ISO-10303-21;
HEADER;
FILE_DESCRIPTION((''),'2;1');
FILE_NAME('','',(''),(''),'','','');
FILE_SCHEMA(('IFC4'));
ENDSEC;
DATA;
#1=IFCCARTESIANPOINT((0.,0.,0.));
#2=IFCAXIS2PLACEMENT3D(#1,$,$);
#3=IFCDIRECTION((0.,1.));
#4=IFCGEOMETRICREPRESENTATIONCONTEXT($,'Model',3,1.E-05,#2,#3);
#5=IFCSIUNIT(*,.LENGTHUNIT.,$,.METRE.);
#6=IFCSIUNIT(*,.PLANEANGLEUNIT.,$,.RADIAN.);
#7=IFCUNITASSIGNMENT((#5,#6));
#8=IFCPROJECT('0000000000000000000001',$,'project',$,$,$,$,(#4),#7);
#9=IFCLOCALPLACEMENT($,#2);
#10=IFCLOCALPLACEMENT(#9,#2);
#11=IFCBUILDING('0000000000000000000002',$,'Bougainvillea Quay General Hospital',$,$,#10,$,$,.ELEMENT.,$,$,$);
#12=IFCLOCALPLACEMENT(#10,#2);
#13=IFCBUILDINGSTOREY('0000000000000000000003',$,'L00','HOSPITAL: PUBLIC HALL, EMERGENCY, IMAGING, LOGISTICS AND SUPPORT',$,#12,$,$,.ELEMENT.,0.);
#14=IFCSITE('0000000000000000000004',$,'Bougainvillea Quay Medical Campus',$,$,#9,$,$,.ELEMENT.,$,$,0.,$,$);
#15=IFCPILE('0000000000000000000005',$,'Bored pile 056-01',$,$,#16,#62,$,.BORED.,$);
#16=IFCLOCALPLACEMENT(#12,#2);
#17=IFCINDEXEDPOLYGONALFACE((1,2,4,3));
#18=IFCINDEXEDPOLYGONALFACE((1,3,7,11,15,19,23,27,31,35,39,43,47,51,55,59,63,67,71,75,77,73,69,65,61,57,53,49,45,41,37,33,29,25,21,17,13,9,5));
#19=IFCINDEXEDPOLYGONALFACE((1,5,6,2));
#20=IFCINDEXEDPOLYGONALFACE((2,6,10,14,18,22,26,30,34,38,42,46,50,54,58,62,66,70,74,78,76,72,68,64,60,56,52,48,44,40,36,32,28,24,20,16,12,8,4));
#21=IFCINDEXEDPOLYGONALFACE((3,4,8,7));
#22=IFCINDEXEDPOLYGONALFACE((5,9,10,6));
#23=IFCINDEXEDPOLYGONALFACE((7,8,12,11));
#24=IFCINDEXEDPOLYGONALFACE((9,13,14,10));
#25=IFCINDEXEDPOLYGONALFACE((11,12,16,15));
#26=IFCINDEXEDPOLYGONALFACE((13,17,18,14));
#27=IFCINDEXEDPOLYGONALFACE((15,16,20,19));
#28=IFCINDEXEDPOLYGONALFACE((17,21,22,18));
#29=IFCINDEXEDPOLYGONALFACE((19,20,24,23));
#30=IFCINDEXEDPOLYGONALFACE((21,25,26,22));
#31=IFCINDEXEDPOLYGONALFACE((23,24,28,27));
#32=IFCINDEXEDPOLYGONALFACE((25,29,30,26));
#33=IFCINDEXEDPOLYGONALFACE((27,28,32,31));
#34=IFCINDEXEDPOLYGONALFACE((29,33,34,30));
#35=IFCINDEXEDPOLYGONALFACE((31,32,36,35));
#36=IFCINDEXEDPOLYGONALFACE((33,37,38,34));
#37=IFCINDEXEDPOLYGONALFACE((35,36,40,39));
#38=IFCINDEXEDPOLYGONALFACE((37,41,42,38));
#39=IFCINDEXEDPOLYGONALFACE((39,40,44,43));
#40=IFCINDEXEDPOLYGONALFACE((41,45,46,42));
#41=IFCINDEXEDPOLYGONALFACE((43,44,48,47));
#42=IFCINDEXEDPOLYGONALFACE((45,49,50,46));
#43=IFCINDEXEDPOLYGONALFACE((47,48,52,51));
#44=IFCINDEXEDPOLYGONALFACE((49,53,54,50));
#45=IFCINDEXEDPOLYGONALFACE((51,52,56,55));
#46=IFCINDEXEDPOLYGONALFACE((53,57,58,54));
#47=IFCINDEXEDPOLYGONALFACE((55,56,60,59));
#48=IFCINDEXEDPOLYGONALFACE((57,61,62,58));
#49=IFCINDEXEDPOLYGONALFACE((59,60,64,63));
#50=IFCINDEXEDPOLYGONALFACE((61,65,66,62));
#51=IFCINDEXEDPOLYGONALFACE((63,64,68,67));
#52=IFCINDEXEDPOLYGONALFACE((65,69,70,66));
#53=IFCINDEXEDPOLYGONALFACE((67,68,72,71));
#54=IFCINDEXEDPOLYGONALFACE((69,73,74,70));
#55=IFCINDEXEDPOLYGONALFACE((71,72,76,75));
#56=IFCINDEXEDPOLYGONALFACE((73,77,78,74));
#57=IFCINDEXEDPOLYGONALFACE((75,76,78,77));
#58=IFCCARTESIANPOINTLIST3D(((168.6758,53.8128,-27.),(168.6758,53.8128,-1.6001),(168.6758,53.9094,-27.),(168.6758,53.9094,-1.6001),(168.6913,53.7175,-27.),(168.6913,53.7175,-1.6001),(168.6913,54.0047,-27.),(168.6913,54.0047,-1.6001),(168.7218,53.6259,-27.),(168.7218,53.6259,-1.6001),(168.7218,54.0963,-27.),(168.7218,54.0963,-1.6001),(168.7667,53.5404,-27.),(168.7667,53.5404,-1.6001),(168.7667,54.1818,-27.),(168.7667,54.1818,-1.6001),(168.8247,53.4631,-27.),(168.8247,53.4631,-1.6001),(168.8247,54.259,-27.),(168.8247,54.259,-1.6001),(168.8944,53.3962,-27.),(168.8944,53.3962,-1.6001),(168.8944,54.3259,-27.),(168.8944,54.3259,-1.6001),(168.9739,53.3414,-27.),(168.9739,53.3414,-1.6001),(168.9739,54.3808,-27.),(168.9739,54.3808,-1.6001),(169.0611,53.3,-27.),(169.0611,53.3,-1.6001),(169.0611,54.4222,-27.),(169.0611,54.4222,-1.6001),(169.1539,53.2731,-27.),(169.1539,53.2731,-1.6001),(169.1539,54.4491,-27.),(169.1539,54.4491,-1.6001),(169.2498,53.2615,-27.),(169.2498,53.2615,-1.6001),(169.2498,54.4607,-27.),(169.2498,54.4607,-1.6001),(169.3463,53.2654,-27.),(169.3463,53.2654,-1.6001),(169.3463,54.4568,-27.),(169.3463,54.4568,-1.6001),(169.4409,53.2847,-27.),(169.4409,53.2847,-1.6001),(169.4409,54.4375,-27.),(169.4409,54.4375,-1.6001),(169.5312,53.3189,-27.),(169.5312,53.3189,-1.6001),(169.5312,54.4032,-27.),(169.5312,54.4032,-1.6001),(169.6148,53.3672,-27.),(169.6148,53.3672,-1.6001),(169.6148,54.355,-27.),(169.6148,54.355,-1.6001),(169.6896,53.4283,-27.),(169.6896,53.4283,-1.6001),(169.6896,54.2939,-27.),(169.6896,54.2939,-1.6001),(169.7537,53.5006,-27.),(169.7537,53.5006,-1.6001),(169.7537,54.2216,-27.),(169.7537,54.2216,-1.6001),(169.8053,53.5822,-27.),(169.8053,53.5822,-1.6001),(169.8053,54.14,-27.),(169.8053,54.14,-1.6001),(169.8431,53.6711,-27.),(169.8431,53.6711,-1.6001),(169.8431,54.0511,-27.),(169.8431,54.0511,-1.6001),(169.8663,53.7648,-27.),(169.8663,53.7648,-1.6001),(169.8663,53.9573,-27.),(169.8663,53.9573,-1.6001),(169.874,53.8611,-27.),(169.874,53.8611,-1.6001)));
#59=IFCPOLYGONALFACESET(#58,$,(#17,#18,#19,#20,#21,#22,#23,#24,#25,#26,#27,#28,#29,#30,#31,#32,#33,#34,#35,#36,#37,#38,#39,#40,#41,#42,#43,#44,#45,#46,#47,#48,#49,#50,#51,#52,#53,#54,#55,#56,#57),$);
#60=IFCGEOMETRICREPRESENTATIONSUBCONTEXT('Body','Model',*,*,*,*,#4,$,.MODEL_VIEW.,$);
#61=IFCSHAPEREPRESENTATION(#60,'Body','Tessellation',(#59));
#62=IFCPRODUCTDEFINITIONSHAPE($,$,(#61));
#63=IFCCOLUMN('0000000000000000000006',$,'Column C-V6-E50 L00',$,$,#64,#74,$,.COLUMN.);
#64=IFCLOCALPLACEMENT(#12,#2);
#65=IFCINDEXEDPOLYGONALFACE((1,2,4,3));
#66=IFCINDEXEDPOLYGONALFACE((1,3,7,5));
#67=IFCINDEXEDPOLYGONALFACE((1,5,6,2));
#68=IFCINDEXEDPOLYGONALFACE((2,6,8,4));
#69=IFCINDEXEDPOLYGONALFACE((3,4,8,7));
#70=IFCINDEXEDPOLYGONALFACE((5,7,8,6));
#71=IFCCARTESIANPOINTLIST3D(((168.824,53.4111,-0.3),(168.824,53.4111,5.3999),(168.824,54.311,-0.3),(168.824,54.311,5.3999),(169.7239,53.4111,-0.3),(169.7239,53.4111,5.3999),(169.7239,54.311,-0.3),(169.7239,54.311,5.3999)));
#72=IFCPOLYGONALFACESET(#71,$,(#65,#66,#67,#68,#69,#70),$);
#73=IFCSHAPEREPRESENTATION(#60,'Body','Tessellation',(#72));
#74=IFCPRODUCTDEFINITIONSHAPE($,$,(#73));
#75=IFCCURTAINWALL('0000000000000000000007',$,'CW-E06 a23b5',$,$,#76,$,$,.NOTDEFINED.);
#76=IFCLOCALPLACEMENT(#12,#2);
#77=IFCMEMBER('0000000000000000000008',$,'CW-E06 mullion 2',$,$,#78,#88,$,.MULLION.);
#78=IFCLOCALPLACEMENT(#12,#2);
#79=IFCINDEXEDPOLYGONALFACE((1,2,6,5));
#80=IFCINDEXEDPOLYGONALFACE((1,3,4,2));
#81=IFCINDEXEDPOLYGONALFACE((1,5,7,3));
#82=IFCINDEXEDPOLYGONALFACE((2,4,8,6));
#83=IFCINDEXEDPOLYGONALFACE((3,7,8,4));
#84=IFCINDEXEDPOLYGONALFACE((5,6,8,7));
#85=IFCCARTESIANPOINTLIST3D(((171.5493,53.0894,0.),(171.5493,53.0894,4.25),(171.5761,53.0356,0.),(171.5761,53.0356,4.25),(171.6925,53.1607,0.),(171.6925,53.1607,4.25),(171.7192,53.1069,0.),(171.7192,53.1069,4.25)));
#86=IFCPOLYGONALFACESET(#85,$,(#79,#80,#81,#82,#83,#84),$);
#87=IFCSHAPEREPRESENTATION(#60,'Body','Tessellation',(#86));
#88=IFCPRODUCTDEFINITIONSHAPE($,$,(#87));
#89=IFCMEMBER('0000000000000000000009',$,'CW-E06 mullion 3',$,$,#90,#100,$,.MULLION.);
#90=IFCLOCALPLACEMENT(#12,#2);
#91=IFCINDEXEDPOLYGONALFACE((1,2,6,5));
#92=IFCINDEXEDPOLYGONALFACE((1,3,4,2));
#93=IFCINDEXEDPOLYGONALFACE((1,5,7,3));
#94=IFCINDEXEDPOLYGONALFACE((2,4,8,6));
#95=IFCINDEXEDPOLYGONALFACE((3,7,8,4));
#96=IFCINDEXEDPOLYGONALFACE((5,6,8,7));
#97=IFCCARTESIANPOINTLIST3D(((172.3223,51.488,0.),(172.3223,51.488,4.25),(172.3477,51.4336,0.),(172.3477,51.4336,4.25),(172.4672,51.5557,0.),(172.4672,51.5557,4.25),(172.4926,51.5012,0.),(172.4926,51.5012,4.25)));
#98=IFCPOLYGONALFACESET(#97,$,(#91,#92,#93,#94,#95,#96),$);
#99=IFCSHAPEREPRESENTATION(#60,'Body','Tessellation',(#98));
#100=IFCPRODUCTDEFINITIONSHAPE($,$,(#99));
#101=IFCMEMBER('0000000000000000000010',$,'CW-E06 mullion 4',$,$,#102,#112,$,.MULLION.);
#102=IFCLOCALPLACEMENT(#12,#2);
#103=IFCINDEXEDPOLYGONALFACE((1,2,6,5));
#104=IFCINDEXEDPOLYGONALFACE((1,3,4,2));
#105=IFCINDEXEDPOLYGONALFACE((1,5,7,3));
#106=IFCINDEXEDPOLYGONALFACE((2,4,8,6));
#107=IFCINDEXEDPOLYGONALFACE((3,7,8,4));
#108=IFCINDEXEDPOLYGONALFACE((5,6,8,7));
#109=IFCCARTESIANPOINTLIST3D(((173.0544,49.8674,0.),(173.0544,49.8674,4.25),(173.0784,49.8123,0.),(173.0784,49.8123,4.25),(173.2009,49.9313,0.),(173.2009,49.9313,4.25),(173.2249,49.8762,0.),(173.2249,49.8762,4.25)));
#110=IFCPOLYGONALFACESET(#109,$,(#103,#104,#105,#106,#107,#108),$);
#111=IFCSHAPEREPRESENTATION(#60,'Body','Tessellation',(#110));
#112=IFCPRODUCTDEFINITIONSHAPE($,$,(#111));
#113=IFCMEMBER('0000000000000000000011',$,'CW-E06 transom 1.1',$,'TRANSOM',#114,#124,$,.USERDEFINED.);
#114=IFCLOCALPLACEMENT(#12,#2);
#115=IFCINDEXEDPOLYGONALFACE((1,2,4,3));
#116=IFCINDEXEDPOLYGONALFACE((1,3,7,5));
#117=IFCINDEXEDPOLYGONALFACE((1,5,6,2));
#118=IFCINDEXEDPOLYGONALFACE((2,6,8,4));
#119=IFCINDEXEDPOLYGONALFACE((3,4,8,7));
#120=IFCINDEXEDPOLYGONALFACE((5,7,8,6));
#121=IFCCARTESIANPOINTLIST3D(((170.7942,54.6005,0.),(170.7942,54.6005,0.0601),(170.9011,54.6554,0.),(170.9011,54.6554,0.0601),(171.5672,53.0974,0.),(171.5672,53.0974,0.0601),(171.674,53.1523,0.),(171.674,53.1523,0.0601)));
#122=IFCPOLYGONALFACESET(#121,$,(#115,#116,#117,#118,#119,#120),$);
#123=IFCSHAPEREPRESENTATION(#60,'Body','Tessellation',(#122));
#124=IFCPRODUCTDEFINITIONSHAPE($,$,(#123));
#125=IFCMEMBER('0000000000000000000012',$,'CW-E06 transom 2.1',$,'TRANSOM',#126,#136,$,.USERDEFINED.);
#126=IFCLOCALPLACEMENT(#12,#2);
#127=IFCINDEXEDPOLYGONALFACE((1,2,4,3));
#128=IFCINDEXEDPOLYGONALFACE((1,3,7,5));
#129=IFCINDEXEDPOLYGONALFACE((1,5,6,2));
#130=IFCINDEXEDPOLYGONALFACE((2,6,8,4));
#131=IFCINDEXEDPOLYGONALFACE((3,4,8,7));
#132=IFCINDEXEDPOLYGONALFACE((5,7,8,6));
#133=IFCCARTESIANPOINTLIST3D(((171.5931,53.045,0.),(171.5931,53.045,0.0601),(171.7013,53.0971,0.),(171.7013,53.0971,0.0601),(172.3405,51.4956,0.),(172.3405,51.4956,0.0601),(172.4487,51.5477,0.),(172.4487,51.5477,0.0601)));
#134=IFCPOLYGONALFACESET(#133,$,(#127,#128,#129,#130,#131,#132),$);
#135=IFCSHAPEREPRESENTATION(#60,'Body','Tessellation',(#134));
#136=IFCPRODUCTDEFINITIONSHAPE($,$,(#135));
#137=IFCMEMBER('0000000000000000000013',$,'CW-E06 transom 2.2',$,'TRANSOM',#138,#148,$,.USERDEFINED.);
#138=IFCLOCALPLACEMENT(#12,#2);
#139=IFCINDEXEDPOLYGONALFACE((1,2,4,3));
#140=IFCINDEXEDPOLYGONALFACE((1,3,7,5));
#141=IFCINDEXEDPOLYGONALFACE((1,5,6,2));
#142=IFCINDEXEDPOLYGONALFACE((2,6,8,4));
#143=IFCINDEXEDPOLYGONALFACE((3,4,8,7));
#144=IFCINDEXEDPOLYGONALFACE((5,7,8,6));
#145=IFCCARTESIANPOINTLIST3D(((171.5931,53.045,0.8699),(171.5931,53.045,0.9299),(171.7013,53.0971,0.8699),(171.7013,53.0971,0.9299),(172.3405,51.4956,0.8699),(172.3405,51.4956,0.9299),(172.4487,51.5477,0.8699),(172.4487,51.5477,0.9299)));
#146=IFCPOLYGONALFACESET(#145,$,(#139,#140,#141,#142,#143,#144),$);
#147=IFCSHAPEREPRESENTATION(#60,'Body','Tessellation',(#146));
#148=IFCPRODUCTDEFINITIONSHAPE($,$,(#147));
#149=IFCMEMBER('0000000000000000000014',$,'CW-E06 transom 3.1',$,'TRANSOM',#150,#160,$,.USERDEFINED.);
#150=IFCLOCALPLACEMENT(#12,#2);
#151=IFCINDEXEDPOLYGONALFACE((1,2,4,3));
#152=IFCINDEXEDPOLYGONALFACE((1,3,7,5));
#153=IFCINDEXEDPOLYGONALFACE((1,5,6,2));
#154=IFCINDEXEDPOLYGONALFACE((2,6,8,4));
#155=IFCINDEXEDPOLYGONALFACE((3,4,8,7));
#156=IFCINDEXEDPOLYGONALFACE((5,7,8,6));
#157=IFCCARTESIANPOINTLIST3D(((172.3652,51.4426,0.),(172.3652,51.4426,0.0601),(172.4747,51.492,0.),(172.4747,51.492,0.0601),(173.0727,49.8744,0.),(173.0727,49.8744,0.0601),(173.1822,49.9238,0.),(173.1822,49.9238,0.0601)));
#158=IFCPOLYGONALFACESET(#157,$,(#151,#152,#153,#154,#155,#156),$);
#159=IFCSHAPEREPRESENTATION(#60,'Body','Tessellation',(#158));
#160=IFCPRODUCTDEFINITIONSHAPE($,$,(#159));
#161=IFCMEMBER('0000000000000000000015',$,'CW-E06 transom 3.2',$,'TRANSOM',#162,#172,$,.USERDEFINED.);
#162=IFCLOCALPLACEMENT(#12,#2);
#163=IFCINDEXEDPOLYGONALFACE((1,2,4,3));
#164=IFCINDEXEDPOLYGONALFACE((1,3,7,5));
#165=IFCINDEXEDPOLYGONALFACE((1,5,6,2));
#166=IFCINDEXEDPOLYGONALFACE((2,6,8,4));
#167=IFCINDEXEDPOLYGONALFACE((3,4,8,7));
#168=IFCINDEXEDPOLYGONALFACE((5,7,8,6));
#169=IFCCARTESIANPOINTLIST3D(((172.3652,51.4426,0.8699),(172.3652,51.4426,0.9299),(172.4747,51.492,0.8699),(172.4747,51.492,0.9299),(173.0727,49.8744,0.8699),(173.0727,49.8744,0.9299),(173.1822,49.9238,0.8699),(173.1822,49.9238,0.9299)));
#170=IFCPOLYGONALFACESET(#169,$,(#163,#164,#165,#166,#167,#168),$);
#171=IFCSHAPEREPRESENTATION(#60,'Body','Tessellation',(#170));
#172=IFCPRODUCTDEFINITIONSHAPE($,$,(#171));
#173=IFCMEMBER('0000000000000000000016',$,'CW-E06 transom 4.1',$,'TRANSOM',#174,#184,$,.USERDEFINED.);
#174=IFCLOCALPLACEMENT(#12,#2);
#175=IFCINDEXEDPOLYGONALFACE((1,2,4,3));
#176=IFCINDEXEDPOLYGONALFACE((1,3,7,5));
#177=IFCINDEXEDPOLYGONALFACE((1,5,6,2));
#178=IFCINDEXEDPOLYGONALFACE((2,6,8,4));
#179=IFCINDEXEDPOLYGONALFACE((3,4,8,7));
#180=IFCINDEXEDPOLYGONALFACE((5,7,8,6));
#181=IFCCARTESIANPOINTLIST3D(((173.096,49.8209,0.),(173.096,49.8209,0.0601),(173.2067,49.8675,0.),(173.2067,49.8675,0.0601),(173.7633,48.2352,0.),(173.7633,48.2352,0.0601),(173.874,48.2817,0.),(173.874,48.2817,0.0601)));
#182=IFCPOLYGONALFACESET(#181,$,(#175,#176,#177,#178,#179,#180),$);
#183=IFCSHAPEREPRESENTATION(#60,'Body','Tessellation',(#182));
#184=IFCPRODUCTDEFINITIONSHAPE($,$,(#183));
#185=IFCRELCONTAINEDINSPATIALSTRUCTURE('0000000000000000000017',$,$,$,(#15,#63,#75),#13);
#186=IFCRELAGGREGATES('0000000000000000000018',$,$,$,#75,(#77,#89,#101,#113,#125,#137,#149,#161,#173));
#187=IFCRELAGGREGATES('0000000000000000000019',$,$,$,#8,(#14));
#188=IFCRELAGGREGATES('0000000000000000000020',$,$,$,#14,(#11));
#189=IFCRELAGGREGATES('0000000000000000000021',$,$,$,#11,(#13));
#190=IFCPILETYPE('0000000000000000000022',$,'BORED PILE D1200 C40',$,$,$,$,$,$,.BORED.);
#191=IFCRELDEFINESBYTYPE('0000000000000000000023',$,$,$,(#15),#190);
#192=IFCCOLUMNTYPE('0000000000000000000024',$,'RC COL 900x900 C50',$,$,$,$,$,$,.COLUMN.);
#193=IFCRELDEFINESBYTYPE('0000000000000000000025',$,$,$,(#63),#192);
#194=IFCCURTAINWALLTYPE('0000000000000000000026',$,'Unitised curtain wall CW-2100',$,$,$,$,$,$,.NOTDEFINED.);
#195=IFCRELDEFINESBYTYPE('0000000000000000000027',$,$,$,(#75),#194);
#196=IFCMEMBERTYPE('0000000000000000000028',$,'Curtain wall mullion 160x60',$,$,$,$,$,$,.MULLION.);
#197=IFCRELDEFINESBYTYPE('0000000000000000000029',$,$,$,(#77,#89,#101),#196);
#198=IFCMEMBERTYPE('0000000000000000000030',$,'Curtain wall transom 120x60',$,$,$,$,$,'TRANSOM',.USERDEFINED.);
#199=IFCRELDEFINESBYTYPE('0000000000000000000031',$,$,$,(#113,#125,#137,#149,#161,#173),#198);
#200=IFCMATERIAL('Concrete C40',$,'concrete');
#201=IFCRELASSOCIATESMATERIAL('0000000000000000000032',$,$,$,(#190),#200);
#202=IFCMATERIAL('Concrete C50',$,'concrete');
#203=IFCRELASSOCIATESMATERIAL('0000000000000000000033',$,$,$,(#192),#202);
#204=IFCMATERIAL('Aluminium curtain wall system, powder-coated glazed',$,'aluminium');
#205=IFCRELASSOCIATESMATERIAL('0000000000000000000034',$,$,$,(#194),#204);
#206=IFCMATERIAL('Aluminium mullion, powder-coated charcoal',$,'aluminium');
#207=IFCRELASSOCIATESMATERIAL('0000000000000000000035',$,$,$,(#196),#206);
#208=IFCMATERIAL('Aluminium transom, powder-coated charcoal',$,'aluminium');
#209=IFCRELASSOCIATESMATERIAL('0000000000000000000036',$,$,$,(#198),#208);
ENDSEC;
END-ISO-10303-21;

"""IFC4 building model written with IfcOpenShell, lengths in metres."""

from ifc_helpers import new_model, si_unit, direction, frame, origin, origin_2d, place, context, subcontext, project, spatial, rectangle, circle, extrude, material, material_profile, profile_set, type_object, element, aggregate, save


model = new_model("IFC4")

# Units and contexts
model_context = context("Model", 3, precision=1e-05, world=origin(), true_north=direction((0.0, 1.0)))
body_context = subcontext(model_context, "Body", "Model", "MODEL_VIEW")
ifc_project = project(units=[si_unit("LENGTHUNIT", "METRE"), si_unit("PLANEANGLEUNIT", "RADIAN")], contexts=[model_context])

# Site, building, storey
site_placement = place(None, origin())
site = spatial("IfcSite", under=ifc_project, at=site_placement, Name="Bougainvillea Quay Medical Campus", CompositionType="ELEMENT", RefElevation=0.0)
building_placement = place(site_placement, origin())
building = spatial("IfcBuilding", under=site, at=building_placement, Name="Bougainvillea Quay General Hospital", CompositionType="ELEMENT")
storey_placement = place(building_placement, origin())
storey = spatial("IfcBuildingStorey", under=building, at=storey_placement, Name="L00", Description="HOSPITAL: PUBLIC HALL, EMERGENCY, IMAGING, LOGISTICS AND SUPPORT", CompositionType="ELEMENT", Elevation=0.0)

# Pile
ifc_material_1 = material(Name="Concrete C40", Category="concrete")
ifc_material_profile_1 = material_profile(ifc_material_1, circle(Radius=0.6001, at=origin_2d()))
ifc_profile_set_1 = profile_set([ifc_material_profile_1], Name="Concrete C40")
pile_type = type_object("IfcPileType", Name="BORED PILE D1200 C40", PredefinedType="BORED", material=ifc_profile_set_1)
pile_placement = place(storey_placement, frame((169.2739, 53.8611, -1.6001), z_axis=(0.0, 0.0, -1.0), x_axis=(1.0, 0.0, 0.0)))
element("IfcPile", 1, at=pile_placement, inside=storey, type_object=pile_type, Name="Bored pile 056-01", PredefinedType="BORED", context=body_context, shape_type="SweptSolid", body=[
    extrude(circle(Radius=0.6001, at=origin_2d()), origin(), (0.0, 0.0, 1.0), 25.3999),
])

# Column
ifc_material_2 = material(Name="Concrete C50", Category="concrete")
ifc_material_profile_2 = material_profile(ifc_material_2, rectangle(XDim=0.8999, YDim=0.8999, at=origin_2d()))
ifc_profile_set_2 = profile_set([ifc_material_profile_2], Name="Concrete C50")
column_type = type_object("IfcColumnType", Name="RC COL 900x900 C50", PredefinedType="COLUMN", material=ifc_profile_set_2)
column_placement = place(storey_placement, frame((169.2739, 53.8611, -0.3), z_axis=(0.0, 0.0, 1.0), x_axis=(1.0, 0.0, 0.0)))
element("IfcColumn", 2, at=column_placement, inside=storey, type_object=column_type, Name="Column C-V6-E50 L00", PredefinedType="COLUMN", context=body_context, shape_type="SweptSolid", body=[
    extrude(rectangle(XDim=0.8999, YDim=0.8999, at=origin_2d()), origin(), (0.0, 0.0, 1.0), 5.7),
])

# Curtain wall, members
ifc_material_3 = material(Name="Aluminium curtain wall system, powder-coated glazed", Category="aluminium")
curtain_wall_type = type_object("IfcCurtainWallType", Name="Unitised curtain wall CW-2100", PredefinedType="NOTDEFINED", material=ifc_material_3)
curtain_wall_placement = place(storey_placement, origin())
curtain_wall = element("IfcCurtainWall", 3, at=curtain_wall_placement, inside=storey, type_object=curtain_wall_type, Name="CW-E06 a23b5", PredefinedType="NOTDEFINED")
ifc_material_4 = material(Name="Aluminium mullion, powder-coated charcoal", Category="aluminium")
ifc_material_profile_3 = material_profile(ifc_material_4, rectangle(XDim=0.1599, YDim=0.0601, at=origin_2d()))
ifc_profile_set_3 = profile_set([ifc_material_profile_3], Name="Aluminium mullion, powder-coated charcoal")
member_type_1 = type_object("IfcMemberType", Name="Curtain wall mullion 160x60", PredefinedType="MULLION", material=ifc_profile_set_3)
member_1_placement = place(storey_placement, frame((171.6343, 53.0981, 0.0), z_axis=(0.0, 0.0, 1.0), x_axis=(0.895109, 0.445848, 0.0)))
member_1 = element("IfcMember", 4, at=member_1_placement, type_object=member_type_1, Name="CW-E06 mullion 2", PredefinedType="MULLION", context=body_context, shape_type="SweptSolid", body=[
    extrude(rectangle(XDim=0.1599, YDim=0.0601, at=origin_2d()), origin(), (0.0, 0.0, 1.0), 4.25),
])
member_2_placement = place(storey_placement, frame((172.4075, 51.4946, 0.0), z_axis=(0.0, 0.0, 1.0), x_axis=(0.906196, 0.422859, 0.0)))
member_2 = element("IfcMember", 5, at=member_2_placement, type_object=member_type_1, Name="CW-E06 mullion 3", PredefinedType="MULLION", context=body_context, shape_type="SweptSolid", body=[
    extrude(rectangle(XDim=0.1599, YDim=0.0601, at=origin_2d()), origin(), (0.0, 0.0, 1.0), 4.25),
])
member_3_placement = place(storey_placement, frame((173.1396, 49.8718, 0.0), z_axis=(0.0, 0.0, 1.0), x_axis=(0.916692, 0.399594, 0.0)))
member_3 = element("IfcMember", 6, at=member_3_placement, type_object=member_type_1, Name="CW-E06 mullion 4", PredefinedType="MULLION", context=body_context, shape_type="SweptSolid", body=[
    extrude(rectangle(XDim=0.1599, YDim=0.0601, at=origin_2d()), origin(), (0.0, 0.0, 1.0), 4.25),
])
ifc_material_5 = material(Name="Aluminium transom, powder-coated charcoal", Category="aluminium")
ifc_material_profile_4 = material_profile(ifc_material_5, rectangle(XDim=0.1201, YDim=0.0601, at=origin_2d()))
ifc_profile_set_4 = profile_set([ifc_material_profile_4], Name="Aluminium transom, powder-coated charcoal")
member_type_2 = type_object("IfcMemberType", Name="Curtain wall transom 120x60", ElementType="TRANSOM", PredefinedType="USERDEFINED", material=ifc_profile_set_4)
member_4_placement = place(storey_placement, frame((170.8477, 54.6279, 0.03), z_axis=(0.457296, -0.889315, 0.0), x_axis=(0.889315, 0.457296, 0.0)))
member_4 = element("IfcMember", 7, at=member_4_placement, type_object=member_type_2, Name="CW-E06 transom 1.1", ObjectType="TRANSOM", PredefinedType="USERDEFINED", context=body_context, shape_type="SweptSolid", body=[
    extrude(rectangle(XDim=0.1201, YDim=0.0601, at=origin_2d()), origin(), (0.0, 0.0, 1.0), 1.6902),
])
member_5_placement = place(storey_placement, frame((171.6472, 53.071, 0.03), z_axis=(0.434451, -0.900695, 0.0), x_axis=(0.900695, 0.434451, 0.0)))
member_5 = element("IfcMember", 8, at=member_5_placement, type_object=member_type_2, Name="CW-E06 transom 2.1", ObjectType="TRANSOM", PredefinedType="USERDEFINED", context=body_context, shape_type="SweptSolid", body=[
    extrude(rectangle(XDim=0.1201, YDim=0.0601, at=origin_2d()), origin(), (0.0, 0.0, 1.0), 1.7202),
])
member_6_placement = place(storey_placement, frame((171.6472, 53.071, 0.8999), z_axis=(0.434451, -0.900695, 0.0), x_axis=(0.900695, 0.434451, 0.0)))
member_6 = element("IfcMember", 9, at=member_6_placement, type_object=member_type_2, Name="CW-E06 transom 2.2", ObjectType="TRANSOM", PredefinedType="USERDEFINED", context=body_context, shape_type="SweptSolid", body=[
    extrude(rectangle(XDim=0.1201, YDim=0.0601, at=origin_2d()), origin(), (0.0, 0.0, 1.0), 1.7202),
])
member_7_placement = place(storey_placement, frame((172.4199, 51.4673, 0.03), z_axis=(0.411267, -0.911515, 0.0), x_axis=(0.911515, 0.411267, 0.0)))
member_7 = element("IfcMember", 10, at=member_7_placement, type_object=member_type_2, Name="CW-E06 transom 3.1", ObjectType="TRANSOM", PredefinedType="USERDEFINED", context=body_context, shape_type="SweptSolid", body=[
    extrude(rectangle(XDim=0.1201, YDim=0.0601, at=origin_2d()), origin(), (0.0, 0.0, 1.0), 1.7205),
])
member_8_placement = place(storey_placement, frame((172.4199, 51.4673, 0.8999), z_axis=(0.411267, -0.911515, 0.0), x_axis=(0.911515, 0.411267, 0.0)))
member_8 = element("IfcMember", 11, at=member_8_placement, type_object=member_type_2, Name="CW-E06 transom 3.2", ObjectType="TRANSOM", PredefinedType="USERDEFINED", context=body_context, shape_type="SweptSolid", body=[
    extrude(rectangle(XDim=0.1201, YDim=0.0601, at=origin_2d()), origin(), (0.0, 0.0, 1.0), 1.7205),
])
member_9_placement = place(storey_placement, frame((173.1514, 49.8442, 0.03), z_axis=(0.387848, -0.921724, 0.0), x_axis=(0.921724, 0.387848, 0.0)))
member_9 = element("IfcMember", 12, at=member_9_placement, type_object=member_type_2, Name="CW-E06 transom 4.1", ObjectType="TRANSOM", PredefinedType="USERDEFINED", context=body_context, shape_type="SweptSolid", body=[
    extrude(rectangle(XDim=0.1201, YDim=0.0601, at=origin_2d()), origin(), (0.0, 0.0, 1.0), 1.7205),
])
aggregate(curtain_wall, [member_1, member_2, member_3, member_4, member_5, member_6, member_7, member_8, member_9])

save(model, "model.ifc")
